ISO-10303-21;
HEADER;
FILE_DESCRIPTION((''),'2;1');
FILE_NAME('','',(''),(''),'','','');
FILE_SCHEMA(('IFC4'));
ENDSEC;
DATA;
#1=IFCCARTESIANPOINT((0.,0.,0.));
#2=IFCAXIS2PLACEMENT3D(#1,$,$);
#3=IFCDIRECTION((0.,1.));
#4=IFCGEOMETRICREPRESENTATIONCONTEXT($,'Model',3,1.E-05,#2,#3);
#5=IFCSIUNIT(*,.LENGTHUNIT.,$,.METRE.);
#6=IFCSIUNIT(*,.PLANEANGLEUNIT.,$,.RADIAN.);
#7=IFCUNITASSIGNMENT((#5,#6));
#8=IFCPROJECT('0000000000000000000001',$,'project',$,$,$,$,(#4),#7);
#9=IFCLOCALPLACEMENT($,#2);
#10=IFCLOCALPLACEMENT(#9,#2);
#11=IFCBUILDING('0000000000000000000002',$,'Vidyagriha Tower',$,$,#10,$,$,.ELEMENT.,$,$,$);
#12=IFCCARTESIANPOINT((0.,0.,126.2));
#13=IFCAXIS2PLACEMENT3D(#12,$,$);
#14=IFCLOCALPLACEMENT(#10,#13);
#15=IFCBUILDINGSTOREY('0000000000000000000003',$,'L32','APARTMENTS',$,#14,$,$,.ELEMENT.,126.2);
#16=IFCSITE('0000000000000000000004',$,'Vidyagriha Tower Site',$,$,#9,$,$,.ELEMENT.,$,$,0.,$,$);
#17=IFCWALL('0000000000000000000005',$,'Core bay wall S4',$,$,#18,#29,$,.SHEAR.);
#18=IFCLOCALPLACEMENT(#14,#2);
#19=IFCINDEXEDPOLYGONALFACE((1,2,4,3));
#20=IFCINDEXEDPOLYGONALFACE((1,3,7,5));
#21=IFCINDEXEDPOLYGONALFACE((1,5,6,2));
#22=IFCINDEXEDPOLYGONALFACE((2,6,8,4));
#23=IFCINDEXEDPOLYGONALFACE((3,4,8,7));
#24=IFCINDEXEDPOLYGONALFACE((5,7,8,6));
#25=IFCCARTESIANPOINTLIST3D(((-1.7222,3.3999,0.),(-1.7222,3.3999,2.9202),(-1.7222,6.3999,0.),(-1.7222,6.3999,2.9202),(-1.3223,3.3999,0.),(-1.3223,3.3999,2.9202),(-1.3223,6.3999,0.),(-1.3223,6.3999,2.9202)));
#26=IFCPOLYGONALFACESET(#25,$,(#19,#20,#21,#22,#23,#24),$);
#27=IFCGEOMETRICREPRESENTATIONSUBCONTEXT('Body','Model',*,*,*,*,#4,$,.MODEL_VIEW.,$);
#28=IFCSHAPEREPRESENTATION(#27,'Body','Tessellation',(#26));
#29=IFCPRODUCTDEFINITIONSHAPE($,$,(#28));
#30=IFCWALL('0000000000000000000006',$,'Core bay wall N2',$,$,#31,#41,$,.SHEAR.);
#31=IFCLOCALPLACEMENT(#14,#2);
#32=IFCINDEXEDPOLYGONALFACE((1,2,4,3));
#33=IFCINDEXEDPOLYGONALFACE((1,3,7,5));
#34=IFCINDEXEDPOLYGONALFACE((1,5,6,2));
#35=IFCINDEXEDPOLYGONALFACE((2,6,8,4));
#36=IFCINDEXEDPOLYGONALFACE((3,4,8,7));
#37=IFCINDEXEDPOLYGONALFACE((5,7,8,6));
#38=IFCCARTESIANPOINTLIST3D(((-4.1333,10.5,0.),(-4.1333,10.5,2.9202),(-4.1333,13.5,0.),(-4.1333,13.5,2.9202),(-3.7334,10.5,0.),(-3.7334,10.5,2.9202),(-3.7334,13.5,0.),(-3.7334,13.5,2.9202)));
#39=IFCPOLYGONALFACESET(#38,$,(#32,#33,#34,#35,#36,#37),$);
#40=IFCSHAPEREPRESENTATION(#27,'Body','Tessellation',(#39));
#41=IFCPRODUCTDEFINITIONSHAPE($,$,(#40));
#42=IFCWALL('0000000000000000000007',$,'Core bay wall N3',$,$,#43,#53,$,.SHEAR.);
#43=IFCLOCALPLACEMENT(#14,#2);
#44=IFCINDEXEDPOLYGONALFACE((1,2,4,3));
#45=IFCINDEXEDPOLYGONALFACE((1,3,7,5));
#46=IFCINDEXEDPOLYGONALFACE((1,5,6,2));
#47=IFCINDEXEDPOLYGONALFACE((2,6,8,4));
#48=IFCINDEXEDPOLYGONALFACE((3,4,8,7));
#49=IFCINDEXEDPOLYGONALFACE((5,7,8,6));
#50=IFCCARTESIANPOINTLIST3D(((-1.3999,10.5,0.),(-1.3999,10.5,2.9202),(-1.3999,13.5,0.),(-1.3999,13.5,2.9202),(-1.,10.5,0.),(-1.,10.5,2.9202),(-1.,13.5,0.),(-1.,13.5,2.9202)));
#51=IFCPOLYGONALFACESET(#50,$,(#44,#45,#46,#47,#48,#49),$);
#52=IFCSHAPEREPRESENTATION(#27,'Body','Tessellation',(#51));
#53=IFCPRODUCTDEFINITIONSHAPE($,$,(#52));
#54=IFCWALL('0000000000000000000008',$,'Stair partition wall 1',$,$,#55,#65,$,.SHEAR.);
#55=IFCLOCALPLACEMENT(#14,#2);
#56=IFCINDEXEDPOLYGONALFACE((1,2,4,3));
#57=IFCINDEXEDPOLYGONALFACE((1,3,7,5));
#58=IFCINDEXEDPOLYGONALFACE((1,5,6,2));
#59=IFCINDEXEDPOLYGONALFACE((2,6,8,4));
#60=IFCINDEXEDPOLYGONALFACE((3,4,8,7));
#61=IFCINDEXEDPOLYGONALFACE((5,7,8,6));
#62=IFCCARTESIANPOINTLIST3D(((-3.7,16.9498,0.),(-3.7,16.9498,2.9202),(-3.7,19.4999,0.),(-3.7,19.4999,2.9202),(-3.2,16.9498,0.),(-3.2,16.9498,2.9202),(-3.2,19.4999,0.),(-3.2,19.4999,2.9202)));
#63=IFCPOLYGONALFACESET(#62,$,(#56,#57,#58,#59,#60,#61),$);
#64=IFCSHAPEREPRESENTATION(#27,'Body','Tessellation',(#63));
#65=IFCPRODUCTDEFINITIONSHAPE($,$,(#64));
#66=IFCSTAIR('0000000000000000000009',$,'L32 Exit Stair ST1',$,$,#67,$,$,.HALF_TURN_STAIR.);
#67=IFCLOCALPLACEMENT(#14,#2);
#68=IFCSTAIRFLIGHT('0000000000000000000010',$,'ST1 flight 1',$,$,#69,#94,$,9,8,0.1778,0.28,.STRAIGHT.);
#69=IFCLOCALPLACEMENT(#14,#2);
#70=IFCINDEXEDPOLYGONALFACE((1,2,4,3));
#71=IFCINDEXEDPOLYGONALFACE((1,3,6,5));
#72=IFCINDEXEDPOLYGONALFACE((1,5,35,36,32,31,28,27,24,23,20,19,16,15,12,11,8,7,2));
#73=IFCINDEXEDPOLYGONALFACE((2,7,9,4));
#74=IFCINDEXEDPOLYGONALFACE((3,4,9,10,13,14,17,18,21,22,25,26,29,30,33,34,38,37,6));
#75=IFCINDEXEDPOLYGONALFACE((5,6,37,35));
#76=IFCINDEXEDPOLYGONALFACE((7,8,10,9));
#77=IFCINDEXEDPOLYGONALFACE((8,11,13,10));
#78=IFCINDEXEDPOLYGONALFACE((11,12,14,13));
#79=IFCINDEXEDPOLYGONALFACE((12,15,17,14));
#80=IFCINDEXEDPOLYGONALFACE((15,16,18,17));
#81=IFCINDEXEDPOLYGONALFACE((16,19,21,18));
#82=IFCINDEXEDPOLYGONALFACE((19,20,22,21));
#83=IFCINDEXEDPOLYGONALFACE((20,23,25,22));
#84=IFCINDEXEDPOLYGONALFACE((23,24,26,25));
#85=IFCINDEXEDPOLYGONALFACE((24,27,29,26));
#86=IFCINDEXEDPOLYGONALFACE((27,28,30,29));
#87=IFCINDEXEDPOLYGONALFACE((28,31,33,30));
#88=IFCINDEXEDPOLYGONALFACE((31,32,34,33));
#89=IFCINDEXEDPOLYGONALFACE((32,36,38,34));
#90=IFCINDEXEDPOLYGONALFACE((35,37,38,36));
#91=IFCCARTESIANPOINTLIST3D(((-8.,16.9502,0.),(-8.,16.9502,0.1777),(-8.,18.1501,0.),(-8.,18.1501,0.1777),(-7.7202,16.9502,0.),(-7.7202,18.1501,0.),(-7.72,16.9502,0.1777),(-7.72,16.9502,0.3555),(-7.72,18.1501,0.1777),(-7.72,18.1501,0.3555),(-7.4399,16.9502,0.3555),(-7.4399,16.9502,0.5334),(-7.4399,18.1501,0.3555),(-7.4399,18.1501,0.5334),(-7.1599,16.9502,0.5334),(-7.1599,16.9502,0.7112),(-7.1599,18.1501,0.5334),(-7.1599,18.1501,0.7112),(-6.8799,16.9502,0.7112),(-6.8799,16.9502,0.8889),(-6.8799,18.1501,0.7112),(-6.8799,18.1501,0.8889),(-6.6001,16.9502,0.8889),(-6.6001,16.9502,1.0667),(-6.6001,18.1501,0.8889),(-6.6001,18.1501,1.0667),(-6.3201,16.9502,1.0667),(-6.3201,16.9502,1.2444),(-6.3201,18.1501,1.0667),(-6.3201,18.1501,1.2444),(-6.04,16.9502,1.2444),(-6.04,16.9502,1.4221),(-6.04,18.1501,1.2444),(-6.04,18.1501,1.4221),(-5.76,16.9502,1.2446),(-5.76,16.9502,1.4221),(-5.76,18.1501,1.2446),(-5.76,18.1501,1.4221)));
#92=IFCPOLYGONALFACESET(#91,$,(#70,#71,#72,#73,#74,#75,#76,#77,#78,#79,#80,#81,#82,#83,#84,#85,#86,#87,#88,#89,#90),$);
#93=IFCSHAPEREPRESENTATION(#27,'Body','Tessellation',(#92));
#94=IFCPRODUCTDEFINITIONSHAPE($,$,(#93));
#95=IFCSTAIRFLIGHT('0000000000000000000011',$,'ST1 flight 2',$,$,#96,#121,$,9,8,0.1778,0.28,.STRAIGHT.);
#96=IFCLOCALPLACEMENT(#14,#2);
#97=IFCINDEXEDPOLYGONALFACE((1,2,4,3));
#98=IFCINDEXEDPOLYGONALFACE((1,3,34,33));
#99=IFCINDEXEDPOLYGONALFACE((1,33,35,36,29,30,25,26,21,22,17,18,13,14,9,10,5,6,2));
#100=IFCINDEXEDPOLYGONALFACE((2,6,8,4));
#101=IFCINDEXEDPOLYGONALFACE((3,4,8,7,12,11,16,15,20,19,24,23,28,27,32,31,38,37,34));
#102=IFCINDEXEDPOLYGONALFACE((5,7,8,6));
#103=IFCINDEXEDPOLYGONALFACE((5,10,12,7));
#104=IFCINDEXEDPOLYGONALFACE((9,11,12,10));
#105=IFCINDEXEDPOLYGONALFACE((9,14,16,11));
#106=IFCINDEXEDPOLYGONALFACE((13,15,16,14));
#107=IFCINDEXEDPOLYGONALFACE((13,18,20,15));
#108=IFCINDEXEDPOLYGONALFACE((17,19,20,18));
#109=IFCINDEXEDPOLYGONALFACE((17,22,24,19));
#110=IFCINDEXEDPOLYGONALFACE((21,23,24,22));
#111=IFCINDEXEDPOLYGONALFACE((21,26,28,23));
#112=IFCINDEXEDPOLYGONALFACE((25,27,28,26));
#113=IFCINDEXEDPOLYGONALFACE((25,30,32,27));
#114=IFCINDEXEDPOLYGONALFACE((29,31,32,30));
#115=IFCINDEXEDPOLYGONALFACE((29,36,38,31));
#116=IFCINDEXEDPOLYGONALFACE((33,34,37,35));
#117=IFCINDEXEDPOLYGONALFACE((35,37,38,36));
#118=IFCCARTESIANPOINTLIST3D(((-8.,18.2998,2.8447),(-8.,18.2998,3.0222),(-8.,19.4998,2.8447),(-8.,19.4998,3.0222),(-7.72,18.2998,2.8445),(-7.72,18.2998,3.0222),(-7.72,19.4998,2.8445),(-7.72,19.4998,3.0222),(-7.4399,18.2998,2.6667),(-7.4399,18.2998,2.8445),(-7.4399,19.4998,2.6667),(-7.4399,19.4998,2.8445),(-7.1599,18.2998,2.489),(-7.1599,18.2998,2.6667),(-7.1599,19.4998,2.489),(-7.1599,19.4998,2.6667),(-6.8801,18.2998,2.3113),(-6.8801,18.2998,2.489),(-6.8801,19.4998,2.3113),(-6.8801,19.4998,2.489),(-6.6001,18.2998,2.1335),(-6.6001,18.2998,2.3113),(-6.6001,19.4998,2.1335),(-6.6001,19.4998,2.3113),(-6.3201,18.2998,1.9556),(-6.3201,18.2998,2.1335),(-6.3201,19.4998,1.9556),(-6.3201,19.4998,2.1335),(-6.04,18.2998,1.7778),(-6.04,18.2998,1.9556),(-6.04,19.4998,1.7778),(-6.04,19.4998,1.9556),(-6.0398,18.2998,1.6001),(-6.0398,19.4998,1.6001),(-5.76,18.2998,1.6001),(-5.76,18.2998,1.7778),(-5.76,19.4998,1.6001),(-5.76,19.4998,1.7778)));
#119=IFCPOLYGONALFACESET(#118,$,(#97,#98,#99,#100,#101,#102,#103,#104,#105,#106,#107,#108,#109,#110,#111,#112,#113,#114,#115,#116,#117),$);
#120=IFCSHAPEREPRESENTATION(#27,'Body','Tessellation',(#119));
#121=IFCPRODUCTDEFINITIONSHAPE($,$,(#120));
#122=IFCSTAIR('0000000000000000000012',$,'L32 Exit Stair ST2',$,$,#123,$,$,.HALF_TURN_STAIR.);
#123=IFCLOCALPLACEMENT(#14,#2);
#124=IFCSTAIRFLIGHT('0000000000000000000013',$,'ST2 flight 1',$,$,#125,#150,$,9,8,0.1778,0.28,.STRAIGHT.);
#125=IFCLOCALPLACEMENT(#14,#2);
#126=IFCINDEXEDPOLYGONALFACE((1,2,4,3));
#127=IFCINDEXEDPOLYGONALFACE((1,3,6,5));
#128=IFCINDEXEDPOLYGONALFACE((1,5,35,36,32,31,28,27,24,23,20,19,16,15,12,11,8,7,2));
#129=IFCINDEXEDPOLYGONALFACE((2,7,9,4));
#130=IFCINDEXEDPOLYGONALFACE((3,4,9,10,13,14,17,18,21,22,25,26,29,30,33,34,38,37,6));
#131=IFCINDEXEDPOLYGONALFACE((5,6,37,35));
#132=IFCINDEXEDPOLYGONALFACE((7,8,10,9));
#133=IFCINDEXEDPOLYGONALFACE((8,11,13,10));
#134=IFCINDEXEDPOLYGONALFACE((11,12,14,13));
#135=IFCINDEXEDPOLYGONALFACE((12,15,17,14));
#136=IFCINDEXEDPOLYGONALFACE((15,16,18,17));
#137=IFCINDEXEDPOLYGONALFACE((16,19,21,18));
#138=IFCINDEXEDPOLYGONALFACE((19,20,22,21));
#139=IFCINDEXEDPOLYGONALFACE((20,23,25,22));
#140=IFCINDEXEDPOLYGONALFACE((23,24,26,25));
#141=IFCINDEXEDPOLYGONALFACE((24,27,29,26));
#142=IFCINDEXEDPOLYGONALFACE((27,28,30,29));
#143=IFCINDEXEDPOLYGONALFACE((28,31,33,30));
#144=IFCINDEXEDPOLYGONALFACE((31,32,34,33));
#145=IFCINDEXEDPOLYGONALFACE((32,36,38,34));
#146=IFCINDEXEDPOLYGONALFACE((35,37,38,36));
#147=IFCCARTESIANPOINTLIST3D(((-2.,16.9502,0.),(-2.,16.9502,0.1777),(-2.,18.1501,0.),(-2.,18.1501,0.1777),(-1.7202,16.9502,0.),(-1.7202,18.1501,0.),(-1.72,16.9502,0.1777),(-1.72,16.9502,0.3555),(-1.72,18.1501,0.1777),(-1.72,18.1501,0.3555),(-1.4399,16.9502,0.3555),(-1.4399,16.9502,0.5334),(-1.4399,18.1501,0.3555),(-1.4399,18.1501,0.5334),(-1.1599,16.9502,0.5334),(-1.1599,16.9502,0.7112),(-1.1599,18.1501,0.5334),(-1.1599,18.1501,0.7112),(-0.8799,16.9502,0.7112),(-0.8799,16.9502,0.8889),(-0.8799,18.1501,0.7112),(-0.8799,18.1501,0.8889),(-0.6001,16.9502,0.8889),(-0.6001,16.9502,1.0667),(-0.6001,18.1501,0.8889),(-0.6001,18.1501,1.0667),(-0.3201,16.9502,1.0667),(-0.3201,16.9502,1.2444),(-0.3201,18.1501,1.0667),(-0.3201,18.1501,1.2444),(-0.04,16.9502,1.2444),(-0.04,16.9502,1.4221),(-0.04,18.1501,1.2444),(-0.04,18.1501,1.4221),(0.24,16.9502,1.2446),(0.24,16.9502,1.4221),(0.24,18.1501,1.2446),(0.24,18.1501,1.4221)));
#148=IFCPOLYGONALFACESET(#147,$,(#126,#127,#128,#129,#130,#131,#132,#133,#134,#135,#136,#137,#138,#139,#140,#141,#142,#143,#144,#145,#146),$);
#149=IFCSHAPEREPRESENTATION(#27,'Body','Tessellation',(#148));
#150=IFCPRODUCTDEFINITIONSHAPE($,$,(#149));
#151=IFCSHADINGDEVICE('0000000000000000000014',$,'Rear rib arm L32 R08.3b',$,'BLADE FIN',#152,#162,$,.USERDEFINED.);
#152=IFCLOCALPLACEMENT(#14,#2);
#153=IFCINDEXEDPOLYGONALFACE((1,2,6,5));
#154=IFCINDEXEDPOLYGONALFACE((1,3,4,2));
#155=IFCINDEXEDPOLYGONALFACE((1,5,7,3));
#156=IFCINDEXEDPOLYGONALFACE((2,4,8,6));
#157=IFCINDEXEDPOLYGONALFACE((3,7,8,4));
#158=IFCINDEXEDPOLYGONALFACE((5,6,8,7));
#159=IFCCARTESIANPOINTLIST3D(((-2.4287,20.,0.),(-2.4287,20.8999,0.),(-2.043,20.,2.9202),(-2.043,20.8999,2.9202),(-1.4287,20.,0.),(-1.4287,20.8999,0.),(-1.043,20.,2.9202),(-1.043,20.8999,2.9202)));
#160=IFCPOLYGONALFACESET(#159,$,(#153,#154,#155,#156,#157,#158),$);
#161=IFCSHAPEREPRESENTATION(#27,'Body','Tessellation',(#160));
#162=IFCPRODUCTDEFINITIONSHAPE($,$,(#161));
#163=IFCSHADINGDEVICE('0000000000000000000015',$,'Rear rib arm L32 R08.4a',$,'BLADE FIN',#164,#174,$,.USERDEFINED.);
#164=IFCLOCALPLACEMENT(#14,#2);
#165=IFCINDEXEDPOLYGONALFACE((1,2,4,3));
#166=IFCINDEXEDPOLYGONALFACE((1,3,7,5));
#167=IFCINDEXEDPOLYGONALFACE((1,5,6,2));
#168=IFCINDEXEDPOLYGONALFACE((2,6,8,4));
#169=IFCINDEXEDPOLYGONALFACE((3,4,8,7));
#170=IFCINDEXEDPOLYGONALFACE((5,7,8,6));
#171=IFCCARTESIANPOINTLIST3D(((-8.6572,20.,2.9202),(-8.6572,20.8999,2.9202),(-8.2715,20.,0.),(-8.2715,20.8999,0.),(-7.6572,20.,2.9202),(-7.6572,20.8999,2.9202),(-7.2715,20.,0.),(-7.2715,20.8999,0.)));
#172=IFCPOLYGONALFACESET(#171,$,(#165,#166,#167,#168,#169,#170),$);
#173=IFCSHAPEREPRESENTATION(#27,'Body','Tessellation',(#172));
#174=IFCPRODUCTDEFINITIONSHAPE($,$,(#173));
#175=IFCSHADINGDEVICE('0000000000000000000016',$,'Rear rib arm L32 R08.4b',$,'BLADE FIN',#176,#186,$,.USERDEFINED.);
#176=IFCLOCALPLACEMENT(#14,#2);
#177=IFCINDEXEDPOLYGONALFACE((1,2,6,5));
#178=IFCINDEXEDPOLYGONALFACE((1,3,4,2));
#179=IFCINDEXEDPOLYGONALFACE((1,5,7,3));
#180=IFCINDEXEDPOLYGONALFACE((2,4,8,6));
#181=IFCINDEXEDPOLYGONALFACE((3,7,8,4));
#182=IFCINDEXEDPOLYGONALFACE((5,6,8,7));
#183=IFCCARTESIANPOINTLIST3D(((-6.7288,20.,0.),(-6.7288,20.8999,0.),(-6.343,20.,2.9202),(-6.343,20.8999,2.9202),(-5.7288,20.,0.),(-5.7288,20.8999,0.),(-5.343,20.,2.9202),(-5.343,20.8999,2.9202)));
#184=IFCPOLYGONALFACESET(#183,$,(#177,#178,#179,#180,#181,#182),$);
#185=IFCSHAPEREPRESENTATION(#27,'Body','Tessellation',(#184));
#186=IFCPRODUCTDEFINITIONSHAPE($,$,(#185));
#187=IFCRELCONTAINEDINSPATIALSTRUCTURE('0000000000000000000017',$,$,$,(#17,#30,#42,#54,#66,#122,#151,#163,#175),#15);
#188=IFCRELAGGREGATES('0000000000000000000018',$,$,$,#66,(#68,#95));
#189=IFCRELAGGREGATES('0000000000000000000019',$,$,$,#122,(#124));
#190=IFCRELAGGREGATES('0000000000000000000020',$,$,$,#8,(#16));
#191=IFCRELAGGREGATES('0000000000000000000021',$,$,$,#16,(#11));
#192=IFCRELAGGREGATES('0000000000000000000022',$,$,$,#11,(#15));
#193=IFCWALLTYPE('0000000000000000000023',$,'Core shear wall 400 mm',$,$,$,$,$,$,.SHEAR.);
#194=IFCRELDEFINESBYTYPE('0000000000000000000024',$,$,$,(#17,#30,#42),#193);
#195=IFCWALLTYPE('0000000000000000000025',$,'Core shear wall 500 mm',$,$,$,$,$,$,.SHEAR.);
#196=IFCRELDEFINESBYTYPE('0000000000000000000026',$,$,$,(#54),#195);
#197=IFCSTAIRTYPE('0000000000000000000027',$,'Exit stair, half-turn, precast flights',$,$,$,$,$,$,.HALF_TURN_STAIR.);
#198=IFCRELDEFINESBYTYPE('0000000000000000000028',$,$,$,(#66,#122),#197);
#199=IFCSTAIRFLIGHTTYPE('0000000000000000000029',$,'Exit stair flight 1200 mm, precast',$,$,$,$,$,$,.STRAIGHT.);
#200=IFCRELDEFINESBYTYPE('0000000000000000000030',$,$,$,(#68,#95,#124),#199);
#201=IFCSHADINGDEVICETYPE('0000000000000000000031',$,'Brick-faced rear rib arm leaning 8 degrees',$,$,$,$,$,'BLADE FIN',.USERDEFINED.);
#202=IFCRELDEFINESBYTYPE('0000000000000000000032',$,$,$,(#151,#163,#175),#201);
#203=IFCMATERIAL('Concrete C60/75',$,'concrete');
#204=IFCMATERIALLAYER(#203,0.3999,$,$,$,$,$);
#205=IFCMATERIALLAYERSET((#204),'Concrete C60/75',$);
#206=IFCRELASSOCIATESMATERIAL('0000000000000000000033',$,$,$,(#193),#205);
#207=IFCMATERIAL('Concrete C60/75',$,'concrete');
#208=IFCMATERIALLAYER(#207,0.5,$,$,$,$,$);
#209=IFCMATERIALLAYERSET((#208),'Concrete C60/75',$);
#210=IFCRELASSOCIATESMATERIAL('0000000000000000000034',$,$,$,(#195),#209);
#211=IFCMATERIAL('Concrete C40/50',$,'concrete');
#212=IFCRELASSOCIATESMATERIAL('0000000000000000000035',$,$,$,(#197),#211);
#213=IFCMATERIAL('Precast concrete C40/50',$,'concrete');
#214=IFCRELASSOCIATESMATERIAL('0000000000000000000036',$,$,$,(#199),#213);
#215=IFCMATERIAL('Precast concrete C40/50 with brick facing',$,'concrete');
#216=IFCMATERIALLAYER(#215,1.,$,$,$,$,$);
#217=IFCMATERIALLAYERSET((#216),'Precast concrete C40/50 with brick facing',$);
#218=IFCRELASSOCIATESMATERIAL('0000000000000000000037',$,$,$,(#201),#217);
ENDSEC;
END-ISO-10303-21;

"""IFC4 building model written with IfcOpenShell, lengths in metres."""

from ifc_helpers import new_model, si_unit, direction, frame, frame_2d, origin, place, context, subcontext, project, spatial, polyline, rectangle, outline, extrude, material, layer, layer_set, type_object, element, aggregate, save


model = new_model("IFC4")

# Units and contexts
model_context = context("Model", 3, precision=1e-05, world=origin(), true_north=direction((0.0, 1.0)))
body_context = subcontext(model_context, "Body", "Model", "MODEL_VIEW")
ifc_project = project(units=[si_unit("LENGTHUNIT", "METRE"), si_unit("PLANEANGLEUNIT", "RADIAN")], contexts=[model_context])

# Site, building, storey
site_placement = place(None, origin())
site = spatial("IfcSite", under=ifc_project, at=site_placement, Name="Vidyagriha Tower Site", CompositionType="ELEMENT", RefElevation=0.0)
building_placement = place(site_placement, origin())
building = spatial("IfcBuilding", under=site, at=building_placement, Name="Vidyagriha Tower", CompositionType="ELEMENT")
storey_placement = place(building_placement, frame((0.0, 0.0, 126.2)))
storey = spatial("IfcBuildingStorey", under=building, at=storey_placement, Name="L32", Description="APARTMENTS", CompositionType="ELEMENT", Elevation=126.2)

# Walls
ifc_material_1 = material(Name="Concrete C60/75", Category="concrete")
ifc_layer_1 = layer(ifc_material_1, 0.3999)
ifc_layer_set_1 = layer_set([ifc_layer_1], Name="Concrete C60/75")
wall_type_1 = type_object("IfcWallType", Name="Core shear wall 400 mm", PredefinedType="SHEAR", material=ifc_layer_set_1)
for number, where, z_axis, x_axis, name in (
    (1, (-1.5222, 3.3999, 0.0), (0.0, 0.0, 1.0), (0.0, 1.0, 0.0), "Core bay wall S4"),
    (2, (-3.9333, 10.5, 0.0), (0.0, 0.0, 1.0), (0.0, 1.0, 0.0), "Core bay wall N2"),
    (3, (-1.2, 10.5, 0.0), (0.0, 0.0, 1.0), (0.0, 1.0, 0.0), "Core bay wall N3"),
):
    element("IfcWall", number, at=place(storey_placement, frame(where, z_axis=z_axis, x_axis=x_axis)), inside=storey, type_object=wall_type_1, Name=name, PredefinedType="SHEAR", context=body_context, shape_type="SweptSolid", body=[
        extrude(rectangle(XDim=3.0, YDim=0.3999, at=frame_2d((1.5, 0.0))), origin(), (0.0, 0.0, 1.0), 2.9202),
    ])
ifc_material_2 = material(Name="Concrete C60/75", Category="concrete")
ifc_layer_2 = layer(ifc_material_2, 0.5)
ifc_layer_set_2 = layer_set([ifc_layer_2], Name="Concrete C60/75")
wall_type_2 = type_object("IfcWallType", Name="Core shear wall 500 mm", PredefinedType="SHEAR", material=ifc_layer_set_2)
wall_placement = place(storey_placement, frame((-3.45, 16.95, 0.0), z_axis=(0.0, 0.0, 1.0), x_axis=(0.0, 1.0, 0.0)))
element("IfcWall", 4, at=wall_placement, inside=storey, type_object=wall_type_2, Name="Stair partition wall 1", PredefinedType="SHEAR", context=body_context, shape_type="SweptSolid", body=[
    extrude(rectangle(XDim=2.55, YDim=0.5, at=frame_2d((1.2749, 0.0))), origin(), (0.0, 0.0, 1.0), 2.9202),
])

# Stair, stair flights
ifc_material_3 = material(Name="Concrete C40/50", Category="concrete")
stair_type = type_object("IfcStairType", Name="Exit stair, half-turn, precast flights", PredefinedType="HALF_TURN_STAIR", material=ifc_material_3)
stair_1_placement = place(storey_placement, origin())
stair_1 = element("IfcStair", 5, at=stair_1_placement, inside=storey, type_object=stair_type, Name="L32 Exit Stair ST1", PredefinedType="HALF_TURN_STAIR")
ifc_material_4 = material(Name="Precast concrete C40/50", Category="concrete")
stair_flight_type = type_object("IfcStairFlightType", Name="Exit stair flight 1200 mm, precast", PredefinedType="STRAIGHT", material=ifc_material_4)
stair_flight_1_placement = place(storey_placement, frame((-8.0, 17.55, 0.0)))
stair_flight_1 = element("IfcStairFlight", 6, at=stair_flight_1_placement, type_object=stair_flight_type, Name="ST1 flight 1", NumberOfRisers=9, NumberOfTreads=8, PredefinedType="STRAIGHT", RiserHeight=0.1778, TreadLength=0.28, context=body_context, shape_type="SweptSolid", body=[
    extrude(outline(polyline([(0.0, 0.0), (0.0, 0.1777), (0.28, 0.1777), (0.28, 0.3555), (0.5601, 0.3555), (0.5601, 0.5334), (0.8401, 0.5334), (0.8401, 0.7112), (1.1201, 0.7112), (1.1201, 0.8889), (1.3999, 0.8889), (1.3999, 1.0667), (1.6799, 1.0667), (1.6799, 1.2444), (1.96, 1.2444), (1.96, 1.4221), (2.24, 1.4221), (2.24, 1.6001), (2.24, 1.2446), (0.2798, 0.0), (0.0, 0.0)])), frame((0.0, 0.6001, 0.0), z_axis=(0.0, -1.0, 0.0), x_axis=(1.0, 0.0, 0.0)), (0.0, 0.0, 1.0), 1.2),
])
stair_flight_2_placement = place(storey_placement, frame((-5.76, 18.8999, 1.6001), z_axis=(0.0, 0.0, 1.0), x_axis=(-1.0, 0.0, 0.0)))
stair_flight_2 = element("IfcStairFlight", 7, at=stair_flight_2_placement, type_object=stair_flight_type, Name="ST1 flight 2", NumberOfRisers=9, NumberOfTreads=8, PredefinedType="STRAIGHT", RiserHeight=0.1778, TreadLength=0.28, context=body_context, shape_type="SweptSolid", body=[
    extrude(outline(polyline([(0.0, 0.0), (0.0, 0.1777), (0.28, 0.1777), (0.28, 0.3555), (0.5601, 0.3555), (0.5601, 0.5334), (0.8401, 0.5334), (0.8401, 0.7112), (1.1201, 0.7112), (1.1201, 0.8889), (1.3999, 0.8889), (1.3999, 1.0667), (1.6799, 1.0667), (1.6799, 1.2444), (1.96, 1.2444), (1.96, 1.4221), (2.24, 1.4221), (2.24, 1.6001), (2.24, 1.2446), (0.2798, 0.0), (0.0, 0.0)])), frame((0.0, 0.6001, 0.0), z_axis=(0.0, -1.0, 0.0), x_axis=(1.0, 0.0, 0.0)), (0.0, 0.0, 1.0), 1.2),
])
aggregate(stair_1, [stair_flight_1, stair_flight_2])

# Stair, stair flight
stair_2_placement = place(storey_placement, origin())
stair_2 = element("IfcStair", 8, at=stair_2_placement, inside=storey, type_object=stair_type, Name="L32 Exit Stair ST2", PredefinedType="HALF_TURN_STAIR")
stair_flight_3_placement = place(storey_placement, frame((-2.0, 17.55, 0.0)))
stair_flight_3 = element("IfcStairFlight", 9, at=stair_flight_3_placement, type_object=stair_flight_type, Name="ST2 flight 1", NumberOfRisers=9, NumberOfTreads=8, PredefinedType="STRAIGHT", RiserHeight=0.1778, TreadLength=0.28, context=body_context, shape_type="SweptSolid", body=[
    extrude(outline(polyline([(0.0, 0.0), (0.0, 0.1777), (0.28, 0.1777), (0.28, 0.3555), (0.5601, 0.3555), (0.5601, 0.5334), (0.8401, 0.5334), (0.8401, 0.7112), (1.1201, 0.7112), (1.1201, 0.8889), (1.3999, 0.8889), (1.3999, 1.0667), (1.6799, 1.0667), (1.6799, 1.2444), (1.96, 1.2444), (1.96, 1.4221), (2.24, 1.4221), (2.24, 1.6001), (2.24, 1.2446), (0.2798, 0.0), (0.0, 0.0)])), frame((0.0, 0.6001, 0.0), z_axis=(0.0, -1.0, 0.0), x_axis=(1.0, 0.0, 0.0)), (0.0, 0.0, 1.0), 1.2),
])
aggregate(stair_2, [stair_flight_3])

# Shading devices
ifc_material_5 = material(Name="Precast concrete C40/50 with brick facing", Category="concrete")
ifc_layer_3 = layer(ifc_material_5, 1.0)
ifc_layer_set_3 = layer_set([ifc_layer_3], Name="Precast concrete C40/50 with brick facing")
shading_device_type = type_object("IfcShadingDeviceType", Name="Brick-faced rear rib arm leaning 8 degrees", ElementType="BLADE FIN", PredefinedType="USERDEFINED", material=ifc_layer_set_3)
shading_device_1_placement = place(storey_placement, frame((-1.043, 20.45, 0.0), z_axis=(0.0, 0.0, 1.0), x_axis=(-1.0, 0.0, 0.0)))
element("IfcShadingDevice", 10, at=shading_device_1_placement, inside=storey, type_object=shading_device_type, Name="Rear rib arm L32 R08.3b", ObjectType="BLADE FIN", PredefinedType="USERDEFINED", context=body_context, shape_type="SweptSolid", body=[
    extrude(outline(polyline([(0.3857, 0.0), (1.3857, 0.0), (1.0, 2.9202), (0.0, 2.9202), (0.3857, 0.0)])), frame((0.0, 0.45, 0.0), z_axis=(0.0, -1.0, 0.0), x_axis=(1.0, 0.0, 0.0)), (0.0, 0.0, 1.0), 0.8999),
])
shading_device_2_placement = place(storey_placement, frame((-7.2715, 20.45, 0.0), z_axis=(0.0, 0.0, 1.0), x_axis=(-1.0, 0.0, 0.0)))
element("IfcShadingDevice", 11, at=shading_device_2_placement, inside=storey, type_object=shading_device_type, Name="Rear rib arm L32 R08.4a", ObjectType="BLADE FIN", PredefinedType="USERDEFINED", context=body_context, shape_type="SweptSolid", body=[
    extrude(outline(polyline([(0.0, 0.0), (1.0, 0.0), (1.3857, 2.9202), (0.3857, 2.9202), (0.0, 0.0)])), frame((0.0, 0.45, 0.0), z_axis=(0.0, -1.0, 0.0), x_axis=(1.0, 0.0, 0.0)), (0.0, 0.0, 1.0), 0.8999),
])
shading_device_3_placement = place(storey_placement, frame((-5.343, 20.45, 0.0), z_axis=(0.0, 0.0, 1.0), x_axis=(-1.0, 0.0, 0.0)))
element("IfcShadingDevice", 12, at=shading_device_3_placement, inside=storey, type_object=shading_device_type, Name="Rear rib arm L32 R08.4b", ObjectType="BLADE FIN", PredefinedType="USERDEFINED", context=body_context, shape_type="SweptSolid", body=[
    extrude(outline(polyline([(0.3857, 0.0), (1.3857, 0.0), (1.0, 2.9202), (0.0, 2.9202), (0.3857, 0.0)])), frame((0.0, 0.45, 0.0), z_axis=(0.0, -1.0, 0.0), x_axis=(1.0, 0.0, 0.0)), (0.0, 0.0, 1.0), 0.8999),
])

save(model, "model.ifc")
